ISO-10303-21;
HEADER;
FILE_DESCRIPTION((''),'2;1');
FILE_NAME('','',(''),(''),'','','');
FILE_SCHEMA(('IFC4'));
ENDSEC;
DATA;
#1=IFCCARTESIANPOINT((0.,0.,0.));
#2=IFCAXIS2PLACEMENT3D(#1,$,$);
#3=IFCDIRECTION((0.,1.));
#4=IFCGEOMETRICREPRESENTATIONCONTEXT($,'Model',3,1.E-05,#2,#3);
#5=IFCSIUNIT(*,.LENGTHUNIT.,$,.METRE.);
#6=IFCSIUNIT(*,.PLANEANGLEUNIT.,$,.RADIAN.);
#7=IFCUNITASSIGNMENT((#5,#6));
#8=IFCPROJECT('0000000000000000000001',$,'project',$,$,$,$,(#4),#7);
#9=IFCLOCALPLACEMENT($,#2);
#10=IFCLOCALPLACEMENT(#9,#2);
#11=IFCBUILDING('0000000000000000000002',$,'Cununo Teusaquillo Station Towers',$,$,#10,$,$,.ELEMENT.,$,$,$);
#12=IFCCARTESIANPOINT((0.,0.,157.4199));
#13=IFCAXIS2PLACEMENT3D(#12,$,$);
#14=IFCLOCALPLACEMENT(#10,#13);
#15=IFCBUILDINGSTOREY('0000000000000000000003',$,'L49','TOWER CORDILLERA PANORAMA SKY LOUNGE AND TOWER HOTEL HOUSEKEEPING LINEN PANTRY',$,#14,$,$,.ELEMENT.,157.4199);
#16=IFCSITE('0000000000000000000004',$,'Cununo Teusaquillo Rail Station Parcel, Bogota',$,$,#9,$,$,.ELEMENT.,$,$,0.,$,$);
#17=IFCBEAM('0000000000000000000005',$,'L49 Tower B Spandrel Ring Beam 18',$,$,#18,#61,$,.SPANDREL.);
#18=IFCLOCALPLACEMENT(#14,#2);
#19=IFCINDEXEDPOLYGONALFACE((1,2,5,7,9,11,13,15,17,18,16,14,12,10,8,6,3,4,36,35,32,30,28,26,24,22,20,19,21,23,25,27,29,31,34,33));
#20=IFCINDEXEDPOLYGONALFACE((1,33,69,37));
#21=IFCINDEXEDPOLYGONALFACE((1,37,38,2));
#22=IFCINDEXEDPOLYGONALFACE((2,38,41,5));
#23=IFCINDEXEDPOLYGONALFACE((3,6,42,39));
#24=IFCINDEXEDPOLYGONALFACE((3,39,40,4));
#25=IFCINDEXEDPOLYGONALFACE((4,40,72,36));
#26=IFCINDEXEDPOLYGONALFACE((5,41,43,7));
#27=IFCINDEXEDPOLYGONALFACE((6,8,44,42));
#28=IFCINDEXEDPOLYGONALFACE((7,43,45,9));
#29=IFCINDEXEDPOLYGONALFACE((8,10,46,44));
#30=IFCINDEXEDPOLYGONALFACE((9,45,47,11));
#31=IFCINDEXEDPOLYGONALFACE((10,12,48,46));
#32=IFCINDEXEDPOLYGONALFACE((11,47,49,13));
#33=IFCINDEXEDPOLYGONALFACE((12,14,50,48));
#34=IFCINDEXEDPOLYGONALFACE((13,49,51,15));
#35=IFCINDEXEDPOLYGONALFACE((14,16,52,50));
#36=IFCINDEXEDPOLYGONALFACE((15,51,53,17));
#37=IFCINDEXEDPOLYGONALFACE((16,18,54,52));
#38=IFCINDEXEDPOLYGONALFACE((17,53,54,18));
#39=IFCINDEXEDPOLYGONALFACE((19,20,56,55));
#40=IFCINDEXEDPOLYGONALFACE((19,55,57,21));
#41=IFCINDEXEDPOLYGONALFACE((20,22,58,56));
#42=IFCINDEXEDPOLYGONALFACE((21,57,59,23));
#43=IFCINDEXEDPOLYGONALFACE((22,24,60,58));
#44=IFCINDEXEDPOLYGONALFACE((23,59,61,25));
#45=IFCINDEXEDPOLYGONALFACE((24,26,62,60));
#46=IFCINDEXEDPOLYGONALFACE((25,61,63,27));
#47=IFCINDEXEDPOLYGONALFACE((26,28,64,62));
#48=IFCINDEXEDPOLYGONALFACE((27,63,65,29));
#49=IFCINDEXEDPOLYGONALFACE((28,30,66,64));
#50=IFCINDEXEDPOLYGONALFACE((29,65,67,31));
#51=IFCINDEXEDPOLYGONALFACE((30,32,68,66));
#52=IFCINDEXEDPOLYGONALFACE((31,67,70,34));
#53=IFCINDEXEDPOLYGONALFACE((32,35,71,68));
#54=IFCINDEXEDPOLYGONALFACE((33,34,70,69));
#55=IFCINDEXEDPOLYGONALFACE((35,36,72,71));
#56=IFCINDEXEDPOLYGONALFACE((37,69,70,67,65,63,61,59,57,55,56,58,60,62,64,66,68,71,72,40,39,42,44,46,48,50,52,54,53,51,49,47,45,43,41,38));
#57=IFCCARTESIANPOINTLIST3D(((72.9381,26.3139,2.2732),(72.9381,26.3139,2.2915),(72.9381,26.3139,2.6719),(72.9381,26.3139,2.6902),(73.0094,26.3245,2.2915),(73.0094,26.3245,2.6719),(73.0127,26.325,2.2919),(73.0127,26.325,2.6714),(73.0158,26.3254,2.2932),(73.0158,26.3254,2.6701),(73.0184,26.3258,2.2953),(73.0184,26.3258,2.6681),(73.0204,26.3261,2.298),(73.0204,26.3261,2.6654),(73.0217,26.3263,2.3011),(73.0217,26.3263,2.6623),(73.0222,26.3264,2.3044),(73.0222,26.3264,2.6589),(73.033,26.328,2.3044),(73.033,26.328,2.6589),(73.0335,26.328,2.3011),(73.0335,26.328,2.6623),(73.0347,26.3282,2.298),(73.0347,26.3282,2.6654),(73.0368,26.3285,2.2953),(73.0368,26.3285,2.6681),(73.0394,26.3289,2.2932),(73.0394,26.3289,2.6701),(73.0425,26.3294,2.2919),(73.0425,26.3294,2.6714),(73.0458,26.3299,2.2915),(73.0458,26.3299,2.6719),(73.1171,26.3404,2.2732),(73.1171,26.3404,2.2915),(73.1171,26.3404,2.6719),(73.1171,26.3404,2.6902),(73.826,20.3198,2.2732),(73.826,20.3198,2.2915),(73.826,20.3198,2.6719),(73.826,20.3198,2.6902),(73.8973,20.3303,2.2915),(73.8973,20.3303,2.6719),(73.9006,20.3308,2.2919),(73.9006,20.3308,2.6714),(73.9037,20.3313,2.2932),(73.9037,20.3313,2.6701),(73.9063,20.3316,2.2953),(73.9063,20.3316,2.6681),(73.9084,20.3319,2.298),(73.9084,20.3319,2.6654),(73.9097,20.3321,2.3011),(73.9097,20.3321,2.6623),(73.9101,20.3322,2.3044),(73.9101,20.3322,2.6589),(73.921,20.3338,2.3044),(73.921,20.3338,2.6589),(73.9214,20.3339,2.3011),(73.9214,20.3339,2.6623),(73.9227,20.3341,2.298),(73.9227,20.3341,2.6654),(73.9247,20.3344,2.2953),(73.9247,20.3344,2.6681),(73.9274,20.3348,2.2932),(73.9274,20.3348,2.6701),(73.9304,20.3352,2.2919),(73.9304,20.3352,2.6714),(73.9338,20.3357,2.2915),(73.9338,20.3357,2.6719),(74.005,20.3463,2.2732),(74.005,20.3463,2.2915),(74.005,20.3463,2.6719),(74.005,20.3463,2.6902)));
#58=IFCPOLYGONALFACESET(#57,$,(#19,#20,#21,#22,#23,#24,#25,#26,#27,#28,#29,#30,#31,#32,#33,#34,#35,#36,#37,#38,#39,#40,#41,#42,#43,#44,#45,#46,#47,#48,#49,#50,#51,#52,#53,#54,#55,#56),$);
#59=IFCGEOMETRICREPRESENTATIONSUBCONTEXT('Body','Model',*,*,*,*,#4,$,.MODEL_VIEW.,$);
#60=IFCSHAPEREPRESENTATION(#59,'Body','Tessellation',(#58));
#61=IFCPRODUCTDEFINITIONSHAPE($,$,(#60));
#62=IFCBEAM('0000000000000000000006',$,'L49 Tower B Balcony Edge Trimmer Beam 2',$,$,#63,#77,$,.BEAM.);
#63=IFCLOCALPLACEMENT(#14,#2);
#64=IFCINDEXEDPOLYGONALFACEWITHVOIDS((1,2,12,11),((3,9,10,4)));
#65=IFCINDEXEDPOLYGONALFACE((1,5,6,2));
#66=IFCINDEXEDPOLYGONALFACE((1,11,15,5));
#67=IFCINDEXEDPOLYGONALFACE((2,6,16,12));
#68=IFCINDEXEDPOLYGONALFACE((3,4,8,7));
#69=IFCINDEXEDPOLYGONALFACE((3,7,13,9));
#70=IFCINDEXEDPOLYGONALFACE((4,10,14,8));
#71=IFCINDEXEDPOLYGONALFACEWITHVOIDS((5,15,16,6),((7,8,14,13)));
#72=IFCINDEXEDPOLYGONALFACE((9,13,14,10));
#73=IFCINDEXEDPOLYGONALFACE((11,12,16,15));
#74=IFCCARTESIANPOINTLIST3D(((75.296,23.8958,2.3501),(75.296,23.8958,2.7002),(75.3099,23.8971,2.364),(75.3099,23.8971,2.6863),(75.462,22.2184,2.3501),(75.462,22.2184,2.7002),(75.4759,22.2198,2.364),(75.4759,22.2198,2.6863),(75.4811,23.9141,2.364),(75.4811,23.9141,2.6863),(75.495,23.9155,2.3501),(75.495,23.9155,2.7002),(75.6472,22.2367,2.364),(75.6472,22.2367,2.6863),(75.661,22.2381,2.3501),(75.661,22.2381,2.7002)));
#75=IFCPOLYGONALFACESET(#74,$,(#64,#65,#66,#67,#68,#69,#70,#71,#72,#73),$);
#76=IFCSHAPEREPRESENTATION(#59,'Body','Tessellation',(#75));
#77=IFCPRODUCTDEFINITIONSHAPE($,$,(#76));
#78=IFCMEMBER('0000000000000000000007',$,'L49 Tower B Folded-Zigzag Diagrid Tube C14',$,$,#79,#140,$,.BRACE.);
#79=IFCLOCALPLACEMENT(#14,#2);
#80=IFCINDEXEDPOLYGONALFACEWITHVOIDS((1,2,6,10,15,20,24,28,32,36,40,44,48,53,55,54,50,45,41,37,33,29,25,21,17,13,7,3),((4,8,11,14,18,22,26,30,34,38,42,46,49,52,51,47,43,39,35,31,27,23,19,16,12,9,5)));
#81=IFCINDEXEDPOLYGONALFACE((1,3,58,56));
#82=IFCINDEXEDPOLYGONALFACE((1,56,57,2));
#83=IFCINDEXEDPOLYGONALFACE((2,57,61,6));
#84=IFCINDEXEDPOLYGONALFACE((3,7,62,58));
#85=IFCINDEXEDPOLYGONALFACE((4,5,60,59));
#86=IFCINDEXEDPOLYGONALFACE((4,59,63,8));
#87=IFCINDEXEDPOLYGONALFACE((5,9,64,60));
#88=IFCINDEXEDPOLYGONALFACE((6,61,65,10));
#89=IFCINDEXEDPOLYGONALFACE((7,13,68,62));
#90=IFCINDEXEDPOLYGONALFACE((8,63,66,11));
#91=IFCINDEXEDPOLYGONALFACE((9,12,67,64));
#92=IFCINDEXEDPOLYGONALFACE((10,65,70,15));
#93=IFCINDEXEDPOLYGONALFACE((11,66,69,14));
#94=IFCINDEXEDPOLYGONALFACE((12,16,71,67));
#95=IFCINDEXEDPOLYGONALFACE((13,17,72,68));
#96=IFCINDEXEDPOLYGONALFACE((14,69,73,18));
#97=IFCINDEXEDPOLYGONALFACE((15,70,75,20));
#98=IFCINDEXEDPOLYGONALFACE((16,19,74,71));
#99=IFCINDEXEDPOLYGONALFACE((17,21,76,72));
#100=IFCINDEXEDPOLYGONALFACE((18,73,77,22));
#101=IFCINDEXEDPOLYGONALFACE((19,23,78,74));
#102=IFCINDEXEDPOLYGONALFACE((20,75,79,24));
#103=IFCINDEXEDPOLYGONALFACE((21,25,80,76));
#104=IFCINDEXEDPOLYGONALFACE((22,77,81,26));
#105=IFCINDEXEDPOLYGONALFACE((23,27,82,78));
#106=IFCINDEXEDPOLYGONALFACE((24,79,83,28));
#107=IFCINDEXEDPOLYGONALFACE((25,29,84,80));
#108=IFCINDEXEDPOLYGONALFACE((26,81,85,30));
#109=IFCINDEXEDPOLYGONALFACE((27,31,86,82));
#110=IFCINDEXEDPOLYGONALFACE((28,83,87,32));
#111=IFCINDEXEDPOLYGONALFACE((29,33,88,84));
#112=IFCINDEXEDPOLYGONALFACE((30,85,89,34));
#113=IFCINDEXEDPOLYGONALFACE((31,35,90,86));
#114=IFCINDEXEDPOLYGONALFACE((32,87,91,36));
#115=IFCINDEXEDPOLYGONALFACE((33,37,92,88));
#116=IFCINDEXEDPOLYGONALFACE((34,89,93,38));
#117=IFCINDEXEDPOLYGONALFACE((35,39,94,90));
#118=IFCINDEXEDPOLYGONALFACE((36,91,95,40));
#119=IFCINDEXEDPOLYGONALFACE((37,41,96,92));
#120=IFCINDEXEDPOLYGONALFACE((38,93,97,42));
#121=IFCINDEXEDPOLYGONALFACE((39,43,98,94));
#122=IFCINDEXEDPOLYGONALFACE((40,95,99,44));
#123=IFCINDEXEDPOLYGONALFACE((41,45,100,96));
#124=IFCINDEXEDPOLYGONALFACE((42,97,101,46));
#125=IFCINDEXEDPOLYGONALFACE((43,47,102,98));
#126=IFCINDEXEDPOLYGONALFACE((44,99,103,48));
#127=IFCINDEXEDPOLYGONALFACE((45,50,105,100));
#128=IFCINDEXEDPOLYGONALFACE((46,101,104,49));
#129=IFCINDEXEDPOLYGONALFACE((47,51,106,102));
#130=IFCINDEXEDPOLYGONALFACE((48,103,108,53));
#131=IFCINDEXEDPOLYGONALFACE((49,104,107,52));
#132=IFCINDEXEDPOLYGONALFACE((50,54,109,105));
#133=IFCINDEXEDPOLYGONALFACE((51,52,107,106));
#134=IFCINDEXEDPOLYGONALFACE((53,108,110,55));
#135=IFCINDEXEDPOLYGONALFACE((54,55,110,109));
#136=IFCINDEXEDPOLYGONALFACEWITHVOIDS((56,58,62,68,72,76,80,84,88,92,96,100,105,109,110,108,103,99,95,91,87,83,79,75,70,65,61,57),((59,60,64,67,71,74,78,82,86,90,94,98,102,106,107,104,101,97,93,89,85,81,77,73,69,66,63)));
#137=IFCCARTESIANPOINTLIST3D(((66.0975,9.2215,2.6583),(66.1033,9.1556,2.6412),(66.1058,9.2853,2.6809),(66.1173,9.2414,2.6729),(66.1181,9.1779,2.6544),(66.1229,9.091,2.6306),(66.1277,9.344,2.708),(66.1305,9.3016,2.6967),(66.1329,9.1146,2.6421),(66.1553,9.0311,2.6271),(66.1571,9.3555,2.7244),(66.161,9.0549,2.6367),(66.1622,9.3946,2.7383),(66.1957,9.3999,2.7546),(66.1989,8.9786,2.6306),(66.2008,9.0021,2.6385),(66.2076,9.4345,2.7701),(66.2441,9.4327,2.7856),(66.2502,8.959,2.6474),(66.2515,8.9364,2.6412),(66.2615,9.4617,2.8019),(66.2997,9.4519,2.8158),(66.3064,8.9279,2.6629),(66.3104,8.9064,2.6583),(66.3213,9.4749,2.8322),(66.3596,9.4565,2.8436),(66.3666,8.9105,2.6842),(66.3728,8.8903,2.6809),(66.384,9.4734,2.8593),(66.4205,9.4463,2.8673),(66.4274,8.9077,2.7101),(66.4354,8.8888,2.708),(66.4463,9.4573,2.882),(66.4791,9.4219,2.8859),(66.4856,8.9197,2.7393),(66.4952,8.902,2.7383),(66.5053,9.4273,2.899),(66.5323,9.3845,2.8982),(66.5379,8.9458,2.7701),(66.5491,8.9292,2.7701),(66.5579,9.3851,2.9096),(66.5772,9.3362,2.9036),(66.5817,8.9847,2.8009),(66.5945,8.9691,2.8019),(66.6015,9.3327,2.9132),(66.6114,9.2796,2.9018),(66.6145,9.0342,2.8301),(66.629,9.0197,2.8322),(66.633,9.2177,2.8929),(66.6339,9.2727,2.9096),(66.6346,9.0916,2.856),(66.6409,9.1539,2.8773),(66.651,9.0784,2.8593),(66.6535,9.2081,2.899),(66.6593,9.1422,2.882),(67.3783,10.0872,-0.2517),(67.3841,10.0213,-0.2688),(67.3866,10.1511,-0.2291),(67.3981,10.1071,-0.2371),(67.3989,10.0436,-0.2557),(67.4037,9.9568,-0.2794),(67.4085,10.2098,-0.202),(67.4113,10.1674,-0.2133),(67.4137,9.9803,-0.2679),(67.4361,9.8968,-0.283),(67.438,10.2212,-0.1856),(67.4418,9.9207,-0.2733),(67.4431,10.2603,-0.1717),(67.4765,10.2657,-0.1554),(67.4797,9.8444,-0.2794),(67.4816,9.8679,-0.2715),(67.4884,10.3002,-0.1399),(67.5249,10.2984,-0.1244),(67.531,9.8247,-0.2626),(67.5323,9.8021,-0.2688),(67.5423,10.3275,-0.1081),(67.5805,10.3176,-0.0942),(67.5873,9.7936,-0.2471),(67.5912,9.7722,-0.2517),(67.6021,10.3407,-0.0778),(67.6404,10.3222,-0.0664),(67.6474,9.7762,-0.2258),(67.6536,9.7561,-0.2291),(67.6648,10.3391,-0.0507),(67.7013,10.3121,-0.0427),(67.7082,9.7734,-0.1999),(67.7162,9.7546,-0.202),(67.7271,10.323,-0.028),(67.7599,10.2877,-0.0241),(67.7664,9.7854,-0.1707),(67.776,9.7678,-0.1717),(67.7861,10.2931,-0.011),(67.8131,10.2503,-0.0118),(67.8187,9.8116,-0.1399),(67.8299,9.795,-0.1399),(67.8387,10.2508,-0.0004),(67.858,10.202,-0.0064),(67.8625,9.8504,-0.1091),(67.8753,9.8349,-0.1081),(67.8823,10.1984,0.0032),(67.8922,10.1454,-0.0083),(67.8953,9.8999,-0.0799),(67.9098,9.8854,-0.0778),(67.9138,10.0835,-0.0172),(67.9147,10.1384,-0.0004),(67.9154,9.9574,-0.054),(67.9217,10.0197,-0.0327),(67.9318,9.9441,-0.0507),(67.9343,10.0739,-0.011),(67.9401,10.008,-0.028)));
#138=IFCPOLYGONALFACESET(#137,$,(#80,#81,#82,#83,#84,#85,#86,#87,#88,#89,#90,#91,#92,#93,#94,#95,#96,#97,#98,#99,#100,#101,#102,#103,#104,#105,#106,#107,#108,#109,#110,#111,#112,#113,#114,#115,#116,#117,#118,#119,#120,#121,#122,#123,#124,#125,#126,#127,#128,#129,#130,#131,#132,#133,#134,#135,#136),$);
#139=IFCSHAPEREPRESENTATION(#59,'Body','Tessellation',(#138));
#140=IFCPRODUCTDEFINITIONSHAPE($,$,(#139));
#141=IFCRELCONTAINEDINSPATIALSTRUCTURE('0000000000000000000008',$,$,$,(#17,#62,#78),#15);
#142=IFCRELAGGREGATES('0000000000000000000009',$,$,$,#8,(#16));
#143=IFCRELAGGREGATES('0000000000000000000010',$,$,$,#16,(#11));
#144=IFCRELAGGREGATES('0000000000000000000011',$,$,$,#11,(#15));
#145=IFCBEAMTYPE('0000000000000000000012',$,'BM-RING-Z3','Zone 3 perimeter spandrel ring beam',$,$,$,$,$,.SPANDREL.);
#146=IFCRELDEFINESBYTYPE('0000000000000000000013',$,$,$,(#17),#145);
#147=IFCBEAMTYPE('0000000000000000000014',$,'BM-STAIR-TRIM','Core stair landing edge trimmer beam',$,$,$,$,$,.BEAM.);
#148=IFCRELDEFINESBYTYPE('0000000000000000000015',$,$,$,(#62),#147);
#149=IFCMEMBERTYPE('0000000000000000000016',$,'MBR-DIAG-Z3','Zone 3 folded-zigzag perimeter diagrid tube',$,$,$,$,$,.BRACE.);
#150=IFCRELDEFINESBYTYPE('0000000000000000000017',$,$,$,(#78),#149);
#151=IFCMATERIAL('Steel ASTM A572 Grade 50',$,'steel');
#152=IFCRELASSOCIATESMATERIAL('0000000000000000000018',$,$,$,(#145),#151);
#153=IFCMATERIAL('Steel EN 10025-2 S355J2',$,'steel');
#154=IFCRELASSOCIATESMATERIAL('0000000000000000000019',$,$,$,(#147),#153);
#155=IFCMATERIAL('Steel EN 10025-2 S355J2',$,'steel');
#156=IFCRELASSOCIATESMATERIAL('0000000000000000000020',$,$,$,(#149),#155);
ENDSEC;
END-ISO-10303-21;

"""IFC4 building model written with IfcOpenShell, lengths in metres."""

from ifc_helpers import new_model, si_unit, direction, frame, origin, origin_2d, place, context, subcontext, project, spatial, hollow_rectangle, hollow_circle, i_section, extrude, material, material_profile, profile_set, type_object, element, save


model = new_model("IFC4")

# Units and contexts
model_context = context("Model", 3, precision=1e-05, world=origin(), true_north=direction((0.0, 1.0)))
body_context = subcontext(model_context, "Body", "Model", "MODEL_VIEW")
ifc_project = project(units=[si_unit("LENGTHUNIT", "METRE"), si_unit("PLANEANGLEUNIT", "RADIAN")], contexts=[model_context])

# Site, building, storey
site_placement = place(None, origin())
site = spatial("IfcSite", under=ifc_project, at=site_placement, Name="Cununo Teusaquillo Rail Station Parcel, Bogota", CompositionType="ELEMENT", RefElevation=0.0)
building_placement = place(site_placement, origin())
building = spatial("IfcBuilding", under=site, at=building_placement, Name="Cununo Teusaquillo Station Towers", CompositionType="ELEMENT")
storey_placement = place(building_placement, frame((0.0, 0.0, 157.4199)))
storey = spatial("IfcBuildingStorey", under=building, at=storey_placement, Name="L49", Description="TOWER CORDILLERA PANORAMA SKY LOUNGE AND TOWER HOTEL HOUSEKEEPING LINEN PANTRY", CompositionType="ELEMENT", Elevation=157.4199)

# Beams
ifc_material_1 = material(Name="Steel ASTM A572 Grade 50", Category="steel")
ifc_material_profile_1 = material_profile(ifc_material_1, i_section(OverallWidth=0.1809, OverallDepth=0.417, WebThickness=0.011, FlangeThickness=0.0183, FilletRadius=0.0129, at=origin_2d()), Name="W16X57")
ifc_profile_set_1 = profile_set([ifc_material_profile_1], Name="Steel ASTM A572 Grade 50")
beam_type_1 = type_object("IfcBeamType", Name="BM-RING-Z3", Description="Zone 3 perimeter spandrel ring beam", PredefinedType="SPANDREL", material=ifc_profile_set_1)
beam_1_placement = place(storey_placement, frame((73.9155, 20.333, 2.4817), z_axis=(-0.146536, 0.989205, 0.0), x_axis=(-0.989205, -0.146536, 0.0)))
element("IfcBeam", 1, at=beam_1_placement, inside=storey, type_object=beam_type_1, Name="L49 Tower B Spandrel Ring Beam 18", PredefinedType="SPANDREL", context=body_context, shape_type="SweptSolid", body=[
    extrude(i_section(OverallWidth=0.1809, OverallDepth=0.417, WebThickness=0.011, FlangeThickness=0.0183, FilletRadius=0.0129, at=origin_2d()), origin(), (0.0, 0.0, 1.0), 6.0596),
])
ifc_material_2 = material(Name="Steel EN 10025-2 S355J2", Category="steel")
ifc_material_profile_2 = material_profile(ifc_material_2, hollow_rectangle(XDim=0.2, YDim=0.3501, WallThickness=0.0139, at=origin_2d()), Name="RHS 350x200x14")
ifc_profile_set_2 = profile_set([ifc_material_profile_2], Name="Steel EN 10025-2 S355J2")
beam_type_2 = type_object("IfcBeamType", Name="BM-STAIR-TRIM", Description="Core stair landing edge trimmer beam", PredefinedType="BEAM", material=ifc_profile_set_2)
beam_2_placement = place(storey_placement, frame((75.5615, 22.2283, 2.5251), z_axis=(-0.0985, 0.995137, 0.0), x_axis=(-0.995137, -0.0985, 0.0)))
element("IfcBeam", 2, at=beam_2_placement, inside=storey, type_object=beam_type_2, Name="L49 Tower B Balcony Edge Trimmer Beam 2", PredefinedType="BEAM", context=body_context, shape_type="SweptSolid", body=[
    extrude(hollow_rectangle(XDim=0.2, YDim=0.3501, WallThickness=0.0139, at=origin_2d()), origin(), (0.0, 0.0, 1.0), 1.6855),
])

# Member
ifc_material_3 = material(Name="Steel EN 10025-2 S355J2", Category="steel")
ifc_material_profile_3 = material_profile(ifc_material_3, hollow_circle(Radius=0.3049, WallThickness=0.02, at=origin_2d()), Name="CHS 610x20")
ifc_profile_set_3 = profile_set([ifc_material_profile_3], Name="Steel EN 10025-2 S355J2")
member_type = type_object("IfcMemberType", Name="MBR-DIAG-Z3", Description="Zone 3 folded-zigzag perimeter diagrid tube", PredefinedType="BRACE", material=ifc_profile_set_3)
member_1_placement = place(storey_placement, frame((67.6592, 10.0476, -0.1399), z_axis=(-0.388692, -0.262734, 0.883114), x_axis=(0.56001, -0.828486, 0.0)))
element("IfcMember", 3, at=member_1_placement, inside=storey, type_object=member_type, Name="L49 Tower B Folded-Zigzag Diagrid Tube C14", PredefinedType="BRACE", context=body_context, shape_type="SweptSolid", body=[
    extrude(hollow_circle(Radius=0.3049, WallThickness=0.02, at=origin_2d()), origin(), (0.0, 0.0, 1.0), 3.2952),
])

save(model, "model.ifc")
